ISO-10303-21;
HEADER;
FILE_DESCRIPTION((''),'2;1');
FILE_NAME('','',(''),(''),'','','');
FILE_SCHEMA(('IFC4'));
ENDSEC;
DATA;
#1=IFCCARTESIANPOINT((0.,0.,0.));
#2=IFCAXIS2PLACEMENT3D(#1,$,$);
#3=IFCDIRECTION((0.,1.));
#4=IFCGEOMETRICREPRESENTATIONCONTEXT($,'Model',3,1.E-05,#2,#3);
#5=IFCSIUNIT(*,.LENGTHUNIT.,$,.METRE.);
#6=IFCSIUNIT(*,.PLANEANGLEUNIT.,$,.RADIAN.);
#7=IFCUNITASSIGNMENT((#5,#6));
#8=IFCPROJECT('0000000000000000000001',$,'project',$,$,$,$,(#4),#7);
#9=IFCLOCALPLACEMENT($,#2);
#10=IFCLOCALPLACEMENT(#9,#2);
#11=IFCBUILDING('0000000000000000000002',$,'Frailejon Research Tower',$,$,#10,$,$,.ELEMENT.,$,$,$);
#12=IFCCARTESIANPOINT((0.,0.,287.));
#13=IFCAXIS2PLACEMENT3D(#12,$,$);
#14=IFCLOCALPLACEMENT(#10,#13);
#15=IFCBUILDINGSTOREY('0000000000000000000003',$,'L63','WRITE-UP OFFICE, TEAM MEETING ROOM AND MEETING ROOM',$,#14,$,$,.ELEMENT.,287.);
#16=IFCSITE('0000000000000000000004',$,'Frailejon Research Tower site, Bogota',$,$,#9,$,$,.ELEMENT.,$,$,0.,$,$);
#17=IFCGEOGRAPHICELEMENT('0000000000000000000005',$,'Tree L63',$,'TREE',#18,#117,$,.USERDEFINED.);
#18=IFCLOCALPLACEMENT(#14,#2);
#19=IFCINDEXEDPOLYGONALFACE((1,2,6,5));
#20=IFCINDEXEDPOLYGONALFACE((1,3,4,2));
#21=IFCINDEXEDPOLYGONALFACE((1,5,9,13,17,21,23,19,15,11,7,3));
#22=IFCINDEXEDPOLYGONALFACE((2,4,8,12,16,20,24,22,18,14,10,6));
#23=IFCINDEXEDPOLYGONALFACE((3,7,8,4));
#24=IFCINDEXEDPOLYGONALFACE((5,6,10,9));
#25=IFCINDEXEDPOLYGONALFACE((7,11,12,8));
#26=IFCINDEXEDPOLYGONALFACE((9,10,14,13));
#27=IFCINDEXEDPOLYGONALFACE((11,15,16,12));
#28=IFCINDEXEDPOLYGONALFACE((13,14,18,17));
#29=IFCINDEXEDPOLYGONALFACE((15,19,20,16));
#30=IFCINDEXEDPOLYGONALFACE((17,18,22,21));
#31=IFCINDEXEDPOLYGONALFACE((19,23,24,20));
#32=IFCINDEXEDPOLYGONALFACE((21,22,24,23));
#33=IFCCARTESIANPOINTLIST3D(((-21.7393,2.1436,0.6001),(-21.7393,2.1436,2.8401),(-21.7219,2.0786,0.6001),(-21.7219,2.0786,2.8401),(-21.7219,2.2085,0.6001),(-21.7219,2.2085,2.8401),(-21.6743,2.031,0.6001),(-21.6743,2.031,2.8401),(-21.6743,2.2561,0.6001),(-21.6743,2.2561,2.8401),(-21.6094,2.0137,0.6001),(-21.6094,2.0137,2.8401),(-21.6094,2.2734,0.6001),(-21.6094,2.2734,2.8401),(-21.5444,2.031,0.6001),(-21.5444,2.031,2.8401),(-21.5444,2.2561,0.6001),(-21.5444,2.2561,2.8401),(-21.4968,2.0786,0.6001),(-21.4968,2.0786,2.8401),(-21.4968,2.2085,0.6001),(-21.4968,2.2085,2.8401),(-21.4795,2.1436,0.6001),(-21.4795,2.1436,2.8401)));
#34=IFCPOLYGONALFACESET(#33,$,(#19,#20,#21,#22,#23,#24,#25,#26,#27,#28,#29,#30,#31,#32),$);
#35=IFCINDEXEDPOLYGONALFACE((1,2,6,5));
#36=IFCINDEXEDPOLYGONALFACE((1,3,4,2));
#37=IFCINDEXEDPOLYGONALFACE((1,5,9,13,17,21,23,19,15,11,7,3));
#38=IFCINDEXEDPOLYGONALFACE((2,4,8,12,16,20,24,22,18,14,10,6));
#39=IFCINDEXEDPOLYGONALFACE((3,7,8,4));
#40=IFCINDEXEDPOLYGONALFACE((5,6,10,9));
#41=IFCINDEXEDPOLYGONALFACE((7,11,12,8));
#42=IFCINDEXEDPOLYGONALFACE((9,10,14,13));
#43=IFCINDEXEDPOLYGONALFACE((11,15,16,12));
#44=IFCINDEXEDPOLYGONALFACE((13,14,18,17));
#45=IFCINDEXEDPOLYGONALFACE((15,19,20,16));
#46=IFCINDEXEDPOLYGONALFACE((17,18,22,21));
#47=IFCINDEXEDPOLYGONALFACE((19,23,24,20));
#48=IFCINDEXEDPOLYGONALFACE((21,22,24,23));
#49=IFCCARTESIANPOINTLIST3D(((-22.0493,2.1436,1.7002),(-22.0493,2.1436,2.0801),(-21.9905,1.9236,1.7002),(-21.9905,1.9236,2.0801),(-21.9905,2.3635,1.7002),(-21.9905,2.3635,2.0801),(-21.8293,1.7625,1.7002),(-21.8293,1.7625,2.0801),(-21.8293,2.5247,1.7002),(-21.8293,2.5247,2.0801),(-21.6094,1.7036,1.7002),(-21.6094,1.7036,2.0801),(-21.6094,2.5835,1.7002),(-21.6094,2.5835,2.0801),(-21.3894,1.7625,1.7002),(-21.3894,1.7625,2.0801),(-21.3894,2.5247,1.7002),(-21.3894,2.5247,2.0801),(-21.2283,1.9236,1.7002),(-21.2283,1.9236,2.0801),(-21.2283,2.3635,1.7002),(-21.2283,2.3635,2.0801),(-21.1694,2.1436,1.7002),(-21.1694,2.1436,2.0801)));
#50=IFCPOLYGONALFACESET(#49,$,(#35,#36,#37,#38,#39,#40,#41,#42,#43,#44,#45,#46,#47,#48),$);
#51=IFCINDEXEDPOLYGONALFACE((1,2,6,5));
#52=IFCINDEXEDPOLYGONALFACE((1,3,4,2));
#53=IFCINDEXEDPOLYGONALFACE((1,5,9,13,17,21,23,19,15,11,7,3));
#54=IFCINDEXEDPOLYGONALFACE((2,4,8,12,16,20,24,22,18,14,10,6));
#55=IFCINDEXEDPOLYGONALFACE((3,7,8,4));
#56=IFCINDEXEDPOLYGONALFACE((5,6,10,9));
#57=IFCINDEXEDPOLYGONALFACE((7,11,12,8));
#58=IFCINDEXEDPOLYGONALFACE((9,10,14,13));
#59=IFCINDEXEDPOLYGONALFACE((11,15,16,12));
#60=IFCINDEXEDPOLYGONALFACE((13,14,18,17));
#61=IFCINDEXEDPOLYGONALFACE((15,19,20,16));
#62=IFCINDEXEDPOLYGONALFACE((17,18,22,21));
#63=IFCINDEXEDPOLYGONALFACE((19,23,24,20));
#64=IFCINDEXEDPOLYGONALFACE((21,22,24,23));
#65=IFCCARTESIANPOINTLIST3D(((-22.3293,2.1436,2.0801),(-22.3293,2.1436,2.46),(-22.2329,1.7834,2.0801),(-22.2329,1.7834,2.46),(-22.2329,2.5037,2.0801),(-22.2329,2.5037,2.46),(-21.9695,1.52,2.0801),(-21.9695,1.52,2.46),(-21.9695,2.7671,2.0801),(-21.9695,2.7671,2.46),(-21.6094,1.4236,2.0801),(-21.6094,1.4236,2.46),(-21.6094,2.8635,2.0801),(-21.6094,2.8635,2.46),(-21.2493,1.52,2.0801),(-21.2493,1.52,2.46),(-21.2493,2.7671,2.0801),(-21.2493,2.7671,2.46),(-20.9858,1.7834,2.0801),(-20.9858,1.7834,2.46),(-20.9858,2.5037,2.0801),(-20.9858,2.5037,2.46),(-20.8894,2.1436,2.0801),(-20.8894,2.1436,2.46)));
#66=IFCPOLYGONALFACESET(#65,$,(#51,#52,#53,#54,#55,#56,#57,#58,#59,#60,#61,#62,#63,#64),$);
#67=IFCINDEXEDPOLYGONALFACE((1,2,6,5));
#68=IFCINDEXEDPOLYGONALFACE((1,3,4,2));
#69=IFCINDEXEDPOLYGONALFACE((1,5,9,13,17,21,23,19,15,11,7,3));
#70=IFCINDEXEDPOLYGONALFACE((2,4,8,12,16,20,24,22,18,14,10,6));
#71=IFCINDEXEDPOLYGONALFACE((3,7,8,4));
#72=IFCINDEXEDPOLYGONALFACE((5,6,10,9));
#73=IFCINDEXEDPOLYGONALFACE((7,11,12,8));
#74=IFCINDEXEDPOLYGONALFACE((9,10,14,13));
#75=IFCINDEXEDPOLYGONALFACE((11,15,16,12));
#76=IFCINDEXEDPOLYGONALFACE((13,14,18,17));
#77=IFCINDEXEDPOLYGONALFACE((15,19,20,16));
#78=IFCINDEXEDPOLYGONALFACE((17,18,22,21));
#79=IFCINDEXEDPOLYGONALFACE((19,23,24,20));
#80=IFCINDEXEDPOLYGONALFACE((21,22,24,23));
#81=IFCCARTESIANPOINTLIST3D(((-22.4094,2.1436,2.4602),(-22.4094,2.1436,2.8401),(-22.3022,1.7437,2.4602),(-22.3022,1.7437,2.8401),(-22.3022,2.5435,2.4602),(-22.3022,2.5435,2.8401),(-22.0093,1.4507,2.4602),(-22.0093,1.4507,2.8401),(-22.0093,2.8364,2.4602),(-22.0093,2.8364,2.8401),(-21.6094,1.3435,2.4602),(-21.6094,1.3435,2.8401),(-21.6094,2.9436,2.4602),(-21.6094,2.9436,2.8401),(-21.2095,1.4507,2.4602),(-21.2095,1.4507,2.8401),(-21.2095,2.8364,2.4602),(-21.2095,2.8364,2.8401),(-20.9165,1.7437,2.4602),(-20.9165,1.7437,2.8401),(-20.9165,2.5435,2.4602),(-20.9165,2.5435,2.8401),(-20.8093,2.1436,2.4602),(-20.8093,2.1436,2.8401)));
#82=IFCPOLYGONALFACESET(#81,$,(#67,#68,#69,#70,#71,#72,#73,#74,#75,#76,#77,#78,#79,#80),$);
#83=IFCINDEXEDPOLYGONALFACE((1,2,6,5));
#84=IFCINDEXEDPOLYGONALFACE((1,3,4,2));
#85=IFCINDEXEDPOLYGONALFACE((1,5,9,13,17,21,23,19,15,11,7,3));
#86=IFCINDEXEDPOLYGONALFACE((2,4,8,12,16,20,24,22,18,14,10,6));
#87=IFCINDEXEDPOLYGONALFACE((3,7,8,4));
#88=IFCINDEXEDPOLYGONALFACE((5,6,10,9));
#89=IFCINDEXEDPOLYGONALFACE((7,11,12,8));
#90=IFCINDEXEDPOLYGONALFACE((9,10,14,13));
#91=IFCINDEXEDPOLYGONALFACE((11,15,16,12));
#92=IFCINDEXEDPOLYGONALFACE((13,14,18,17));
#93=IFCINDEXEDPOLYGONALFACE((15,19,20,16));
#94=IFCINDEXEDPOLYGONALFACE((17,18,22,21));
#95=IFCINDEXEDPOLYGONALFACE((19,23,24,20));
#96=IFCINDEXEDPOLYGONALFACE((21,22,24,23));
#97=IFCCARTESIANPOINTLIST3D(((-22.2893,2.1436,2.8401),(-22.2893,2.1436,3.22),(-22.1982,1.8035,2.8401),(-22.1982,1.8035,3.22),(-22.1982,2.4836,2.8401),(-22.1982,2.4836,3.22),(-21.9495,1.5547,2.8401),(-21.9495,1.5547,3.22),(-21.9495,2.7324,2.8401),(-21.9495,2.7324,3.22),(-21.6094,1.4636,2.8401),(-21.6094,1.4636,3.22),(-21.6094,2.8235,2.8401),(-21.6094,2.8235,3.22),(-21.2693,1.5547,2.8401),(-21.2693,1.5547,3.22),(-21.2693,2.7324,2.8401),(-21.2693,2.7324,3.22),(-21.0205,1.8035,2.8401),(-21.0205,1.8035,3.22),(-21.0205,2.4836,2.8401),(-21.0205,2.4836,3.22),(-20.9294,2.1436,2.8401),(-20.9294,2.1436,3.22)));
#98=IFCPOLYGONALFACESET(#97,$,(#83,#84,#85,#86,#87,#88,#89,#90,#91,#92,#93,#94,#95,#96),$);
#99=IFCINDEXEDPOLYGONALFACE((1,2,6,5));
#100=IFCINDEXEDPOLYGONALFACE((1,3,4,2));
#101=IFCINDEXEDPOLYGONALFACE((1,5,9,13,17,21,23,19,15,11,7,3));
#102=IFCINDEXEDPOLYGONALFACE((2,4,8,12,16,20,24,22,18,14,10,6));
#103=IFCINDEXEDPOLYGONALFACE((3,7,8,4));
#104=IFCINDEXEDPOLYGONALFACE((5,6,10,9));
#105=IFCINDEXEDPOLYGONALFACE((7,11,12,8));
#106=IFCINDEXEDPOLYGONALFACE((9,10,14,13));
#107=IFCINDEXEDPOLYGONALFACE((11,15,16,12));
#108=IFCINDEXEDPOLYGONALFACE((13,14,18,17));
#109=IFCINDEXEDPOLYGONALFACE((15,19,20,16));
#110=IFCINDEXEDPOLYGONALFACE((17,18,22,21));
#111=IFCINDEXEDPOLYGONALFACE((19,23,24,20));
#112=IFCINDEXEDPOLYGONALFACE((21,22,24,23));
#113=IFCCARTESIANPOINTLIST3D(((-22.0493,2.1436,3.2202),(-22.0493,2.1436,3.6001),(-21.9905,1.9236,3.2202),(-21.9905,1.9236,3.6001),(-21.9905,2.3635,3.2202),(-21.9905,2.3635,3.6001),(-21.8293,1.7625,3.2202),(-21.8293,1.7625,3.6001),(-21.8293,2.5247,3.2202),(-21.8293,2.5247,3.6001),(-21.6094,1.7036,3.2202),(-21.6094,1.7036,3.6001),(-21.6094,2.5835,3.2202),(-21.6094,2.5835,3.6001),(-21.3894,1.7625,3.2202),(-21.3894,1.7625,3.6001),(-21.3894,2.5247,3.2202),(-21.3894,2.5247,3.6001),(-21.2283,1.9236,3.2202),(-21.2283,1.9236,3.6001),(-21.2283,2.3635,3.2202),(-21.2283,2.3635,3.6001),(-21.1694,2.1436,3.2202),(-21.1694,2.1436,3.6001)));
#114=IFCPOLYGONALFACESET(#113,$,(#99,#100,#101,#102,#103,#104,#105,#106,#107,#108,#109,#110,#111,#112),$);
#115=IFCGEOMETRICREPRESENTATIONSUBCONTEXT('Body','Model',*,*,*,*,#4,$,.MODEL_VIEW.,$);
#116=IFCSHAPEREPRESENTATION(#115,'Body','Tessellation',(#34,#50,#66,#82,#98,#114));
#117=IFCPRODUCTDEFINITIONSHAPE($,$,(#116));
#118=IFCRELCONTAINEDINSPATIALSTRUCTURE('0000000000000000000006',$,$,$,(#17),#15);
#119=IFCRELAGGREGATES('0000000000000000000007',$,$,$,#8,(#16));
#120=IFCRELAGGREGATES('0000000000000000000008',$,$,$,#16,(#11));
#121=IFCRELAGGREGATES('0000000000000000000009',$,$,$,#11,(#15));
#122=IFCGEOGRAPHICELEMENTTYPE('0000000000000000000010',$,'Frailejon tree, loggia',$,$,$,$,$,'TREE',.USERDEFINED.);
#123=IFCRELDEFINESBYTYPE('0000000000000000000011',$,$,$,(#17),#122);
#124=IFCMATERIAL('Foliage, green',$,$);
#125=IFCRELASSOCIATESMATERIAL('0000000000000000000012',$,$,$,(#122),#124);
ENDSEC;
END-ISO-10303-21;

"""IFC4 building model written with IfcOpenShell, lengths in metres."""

from ifc_helpers import new_model, si_unit, direction, frame, origin, place, context, subcontext, project, spatial, polyline, outline, extrude, material, type_object, element, save


model = new_model("IFC4")

# Units and contexts
model_context = context("Model", 3, precision=1e-05, world=origin(), true_north=direction((0.0, 1.0)))
body_context = subcontext(model_context, "Body", "Model", "MODEL_VIEW")
ifc_project = project(units=[si_unit("LENGTHUNIT", "METRE"), si_unit("PLANEANGLEUNIT", "RADIAN")], contexts=[model_context])

# Site, building, storey
site_placement = place(None, origin())
site = spatial("IfcSite", under=ifc_project, at=site_placement, Name="Frailejon Research Tower site, Bogota", CompositionType="ELEMENT", RefElevation=0.0)
building_placement = place(site_placement, origin())
building = spatial("IfcBuilding", under=site, at=building_placement, Name="Frailejon Research Tower", CompositionType="ELEMENT")
storey_placement = place(building_placement, frame((0.0, 0.0, 287.0)))
storey = spatial("IfcBuildingStorey", under=building, at=storey_placement, Name="L63", Description="WRITE-UP OFFICE, TEAM MEETING ROOM AND MEETING ROOM", CompositionType="ELEMENT", Elevation=287.0)

# Geographic element
ifc_material_1 = material(Name="Foliage, green")
geographic_element_type = type_object("IfcGeographicElementType", Name="Frailejon tree, loggia", ElementType="TREE", PredefinedType="USERDEFINED", material=ifc_material_1)
geographic_element_placement = place(storey_placement, frame((-21.6094, 2.1436, 0.6001)))
element("IfcGeographicElement", 1, at=geographic_element_placement, inside=storey, type_object=geographic_element_type, Name="Tree L63", ObjectType="TREE", PredefinedType="USERDEFINED", context=body_context, shape_type="SweptSolid", body=[
    extrude(outline(polyline([(0.1299, 0.0), (0.1125, 0.0649), (0.0649, 0.1125), (0.0, 0.1299), (-0.0649, 0.1125), (-0.1125, 0.0649), (-0.1299, 0.0), (-0.1125, -0.0649), (-0.0649, -0.1125), (0.0, -0.1299), (0.0649, -0.1125), (0.1125, -0.0649), (0.1299, 0.0)])), origin(), (0.0, 0.0, 1.0), 2.24),
    extrude(outline(polyline([(0.4399, 0.0), (0.3811, 0.22), (0.22, 0.3811), (0.0, 0.4399), (-0.22, 0.3811), (-0.3811, 0.22), (-0.4399, 0.0), (-0.3811, -0.22), (-0.22, -0.3811), (0.0, -0.4399), (0.22, -0.3811), (0.3811, -0.22), (0.4399, 0.0)])), frame((0.0, 0.0, 1.1001)), (0.0, 0.0, 1.0), 0.3799),
    extrude(outline(polyline([(0.72, 0.0), (0.6235, 0.3601), (0.3601, 0.6235), (0.0, 0.72), (-0.3601, 0.6235), (-0.6235, 0.3601), (-0.72, 0.0), (-0.6235, -0.3601), (-0.3601, -0.6235), (0.0, -0.72), (0.3601, -0.6235), (0.6235, -0.3601), (0.72, 0.0)])), frame((0.0, 0.0, 1.48)), (0.0, 0.0, 1.0), 0.3799),
    extrude(outline(polyline([(0.8, 0.0), (0.6929, 0.3999), (0.3999, 0.6929), (0.0, 0.8), (-0.3999, 0.6929), (-0.6929, 0.3999), (-0.8, 0.0), (-0.6929, -0.3999), (-0.3999, -0.6929), (0.0, -0.8), (0.3999, -0.6929), (0.6929, -0.3999), (0.8, 0.0)])), frame((0.0, 0.0, 1.8601)), (0.0, 0.0, 1.0), 0.3799),
    extrude(outline(polyline([(0.6799, 0.0), (0.5889, 0.3401), (0.3401, 0.5889), (0.0, 0.6799), (-0.3401, 0.5889), (-0.5889, 0.3401), (-0.6799, 0.0), (-0.5889, -0.3401), (-0.3401, -0.5889), (0.0, -0.6799), (0.3401, -0.5889), (0.5889, -0.3401), (0.6799, 0.0)])), frame((0.0, 0.0, 2.24)), (0.0, 0.0, 1.0), 0.3799),
    extrude(outline(polyline([(0.4399, 0.0), (0.3811, 0.22), (0.22, 0.3811), (0.0, 0.4399), (-0.22, 0.3811), (-0.3811, 0.22), (-0.4399, 0.0), (-0.3811, -0.22), (-0.22, -0.3811), (0.0, -0.4399), (0.22, -0.3811), (0.3811, -0.22), (0.4399, 0.0)])), frame((0.0, 0.0, 2.6201)), (0.0, 0.0, 1.0), 0.3799),
])

save(model, "model.ifc")
